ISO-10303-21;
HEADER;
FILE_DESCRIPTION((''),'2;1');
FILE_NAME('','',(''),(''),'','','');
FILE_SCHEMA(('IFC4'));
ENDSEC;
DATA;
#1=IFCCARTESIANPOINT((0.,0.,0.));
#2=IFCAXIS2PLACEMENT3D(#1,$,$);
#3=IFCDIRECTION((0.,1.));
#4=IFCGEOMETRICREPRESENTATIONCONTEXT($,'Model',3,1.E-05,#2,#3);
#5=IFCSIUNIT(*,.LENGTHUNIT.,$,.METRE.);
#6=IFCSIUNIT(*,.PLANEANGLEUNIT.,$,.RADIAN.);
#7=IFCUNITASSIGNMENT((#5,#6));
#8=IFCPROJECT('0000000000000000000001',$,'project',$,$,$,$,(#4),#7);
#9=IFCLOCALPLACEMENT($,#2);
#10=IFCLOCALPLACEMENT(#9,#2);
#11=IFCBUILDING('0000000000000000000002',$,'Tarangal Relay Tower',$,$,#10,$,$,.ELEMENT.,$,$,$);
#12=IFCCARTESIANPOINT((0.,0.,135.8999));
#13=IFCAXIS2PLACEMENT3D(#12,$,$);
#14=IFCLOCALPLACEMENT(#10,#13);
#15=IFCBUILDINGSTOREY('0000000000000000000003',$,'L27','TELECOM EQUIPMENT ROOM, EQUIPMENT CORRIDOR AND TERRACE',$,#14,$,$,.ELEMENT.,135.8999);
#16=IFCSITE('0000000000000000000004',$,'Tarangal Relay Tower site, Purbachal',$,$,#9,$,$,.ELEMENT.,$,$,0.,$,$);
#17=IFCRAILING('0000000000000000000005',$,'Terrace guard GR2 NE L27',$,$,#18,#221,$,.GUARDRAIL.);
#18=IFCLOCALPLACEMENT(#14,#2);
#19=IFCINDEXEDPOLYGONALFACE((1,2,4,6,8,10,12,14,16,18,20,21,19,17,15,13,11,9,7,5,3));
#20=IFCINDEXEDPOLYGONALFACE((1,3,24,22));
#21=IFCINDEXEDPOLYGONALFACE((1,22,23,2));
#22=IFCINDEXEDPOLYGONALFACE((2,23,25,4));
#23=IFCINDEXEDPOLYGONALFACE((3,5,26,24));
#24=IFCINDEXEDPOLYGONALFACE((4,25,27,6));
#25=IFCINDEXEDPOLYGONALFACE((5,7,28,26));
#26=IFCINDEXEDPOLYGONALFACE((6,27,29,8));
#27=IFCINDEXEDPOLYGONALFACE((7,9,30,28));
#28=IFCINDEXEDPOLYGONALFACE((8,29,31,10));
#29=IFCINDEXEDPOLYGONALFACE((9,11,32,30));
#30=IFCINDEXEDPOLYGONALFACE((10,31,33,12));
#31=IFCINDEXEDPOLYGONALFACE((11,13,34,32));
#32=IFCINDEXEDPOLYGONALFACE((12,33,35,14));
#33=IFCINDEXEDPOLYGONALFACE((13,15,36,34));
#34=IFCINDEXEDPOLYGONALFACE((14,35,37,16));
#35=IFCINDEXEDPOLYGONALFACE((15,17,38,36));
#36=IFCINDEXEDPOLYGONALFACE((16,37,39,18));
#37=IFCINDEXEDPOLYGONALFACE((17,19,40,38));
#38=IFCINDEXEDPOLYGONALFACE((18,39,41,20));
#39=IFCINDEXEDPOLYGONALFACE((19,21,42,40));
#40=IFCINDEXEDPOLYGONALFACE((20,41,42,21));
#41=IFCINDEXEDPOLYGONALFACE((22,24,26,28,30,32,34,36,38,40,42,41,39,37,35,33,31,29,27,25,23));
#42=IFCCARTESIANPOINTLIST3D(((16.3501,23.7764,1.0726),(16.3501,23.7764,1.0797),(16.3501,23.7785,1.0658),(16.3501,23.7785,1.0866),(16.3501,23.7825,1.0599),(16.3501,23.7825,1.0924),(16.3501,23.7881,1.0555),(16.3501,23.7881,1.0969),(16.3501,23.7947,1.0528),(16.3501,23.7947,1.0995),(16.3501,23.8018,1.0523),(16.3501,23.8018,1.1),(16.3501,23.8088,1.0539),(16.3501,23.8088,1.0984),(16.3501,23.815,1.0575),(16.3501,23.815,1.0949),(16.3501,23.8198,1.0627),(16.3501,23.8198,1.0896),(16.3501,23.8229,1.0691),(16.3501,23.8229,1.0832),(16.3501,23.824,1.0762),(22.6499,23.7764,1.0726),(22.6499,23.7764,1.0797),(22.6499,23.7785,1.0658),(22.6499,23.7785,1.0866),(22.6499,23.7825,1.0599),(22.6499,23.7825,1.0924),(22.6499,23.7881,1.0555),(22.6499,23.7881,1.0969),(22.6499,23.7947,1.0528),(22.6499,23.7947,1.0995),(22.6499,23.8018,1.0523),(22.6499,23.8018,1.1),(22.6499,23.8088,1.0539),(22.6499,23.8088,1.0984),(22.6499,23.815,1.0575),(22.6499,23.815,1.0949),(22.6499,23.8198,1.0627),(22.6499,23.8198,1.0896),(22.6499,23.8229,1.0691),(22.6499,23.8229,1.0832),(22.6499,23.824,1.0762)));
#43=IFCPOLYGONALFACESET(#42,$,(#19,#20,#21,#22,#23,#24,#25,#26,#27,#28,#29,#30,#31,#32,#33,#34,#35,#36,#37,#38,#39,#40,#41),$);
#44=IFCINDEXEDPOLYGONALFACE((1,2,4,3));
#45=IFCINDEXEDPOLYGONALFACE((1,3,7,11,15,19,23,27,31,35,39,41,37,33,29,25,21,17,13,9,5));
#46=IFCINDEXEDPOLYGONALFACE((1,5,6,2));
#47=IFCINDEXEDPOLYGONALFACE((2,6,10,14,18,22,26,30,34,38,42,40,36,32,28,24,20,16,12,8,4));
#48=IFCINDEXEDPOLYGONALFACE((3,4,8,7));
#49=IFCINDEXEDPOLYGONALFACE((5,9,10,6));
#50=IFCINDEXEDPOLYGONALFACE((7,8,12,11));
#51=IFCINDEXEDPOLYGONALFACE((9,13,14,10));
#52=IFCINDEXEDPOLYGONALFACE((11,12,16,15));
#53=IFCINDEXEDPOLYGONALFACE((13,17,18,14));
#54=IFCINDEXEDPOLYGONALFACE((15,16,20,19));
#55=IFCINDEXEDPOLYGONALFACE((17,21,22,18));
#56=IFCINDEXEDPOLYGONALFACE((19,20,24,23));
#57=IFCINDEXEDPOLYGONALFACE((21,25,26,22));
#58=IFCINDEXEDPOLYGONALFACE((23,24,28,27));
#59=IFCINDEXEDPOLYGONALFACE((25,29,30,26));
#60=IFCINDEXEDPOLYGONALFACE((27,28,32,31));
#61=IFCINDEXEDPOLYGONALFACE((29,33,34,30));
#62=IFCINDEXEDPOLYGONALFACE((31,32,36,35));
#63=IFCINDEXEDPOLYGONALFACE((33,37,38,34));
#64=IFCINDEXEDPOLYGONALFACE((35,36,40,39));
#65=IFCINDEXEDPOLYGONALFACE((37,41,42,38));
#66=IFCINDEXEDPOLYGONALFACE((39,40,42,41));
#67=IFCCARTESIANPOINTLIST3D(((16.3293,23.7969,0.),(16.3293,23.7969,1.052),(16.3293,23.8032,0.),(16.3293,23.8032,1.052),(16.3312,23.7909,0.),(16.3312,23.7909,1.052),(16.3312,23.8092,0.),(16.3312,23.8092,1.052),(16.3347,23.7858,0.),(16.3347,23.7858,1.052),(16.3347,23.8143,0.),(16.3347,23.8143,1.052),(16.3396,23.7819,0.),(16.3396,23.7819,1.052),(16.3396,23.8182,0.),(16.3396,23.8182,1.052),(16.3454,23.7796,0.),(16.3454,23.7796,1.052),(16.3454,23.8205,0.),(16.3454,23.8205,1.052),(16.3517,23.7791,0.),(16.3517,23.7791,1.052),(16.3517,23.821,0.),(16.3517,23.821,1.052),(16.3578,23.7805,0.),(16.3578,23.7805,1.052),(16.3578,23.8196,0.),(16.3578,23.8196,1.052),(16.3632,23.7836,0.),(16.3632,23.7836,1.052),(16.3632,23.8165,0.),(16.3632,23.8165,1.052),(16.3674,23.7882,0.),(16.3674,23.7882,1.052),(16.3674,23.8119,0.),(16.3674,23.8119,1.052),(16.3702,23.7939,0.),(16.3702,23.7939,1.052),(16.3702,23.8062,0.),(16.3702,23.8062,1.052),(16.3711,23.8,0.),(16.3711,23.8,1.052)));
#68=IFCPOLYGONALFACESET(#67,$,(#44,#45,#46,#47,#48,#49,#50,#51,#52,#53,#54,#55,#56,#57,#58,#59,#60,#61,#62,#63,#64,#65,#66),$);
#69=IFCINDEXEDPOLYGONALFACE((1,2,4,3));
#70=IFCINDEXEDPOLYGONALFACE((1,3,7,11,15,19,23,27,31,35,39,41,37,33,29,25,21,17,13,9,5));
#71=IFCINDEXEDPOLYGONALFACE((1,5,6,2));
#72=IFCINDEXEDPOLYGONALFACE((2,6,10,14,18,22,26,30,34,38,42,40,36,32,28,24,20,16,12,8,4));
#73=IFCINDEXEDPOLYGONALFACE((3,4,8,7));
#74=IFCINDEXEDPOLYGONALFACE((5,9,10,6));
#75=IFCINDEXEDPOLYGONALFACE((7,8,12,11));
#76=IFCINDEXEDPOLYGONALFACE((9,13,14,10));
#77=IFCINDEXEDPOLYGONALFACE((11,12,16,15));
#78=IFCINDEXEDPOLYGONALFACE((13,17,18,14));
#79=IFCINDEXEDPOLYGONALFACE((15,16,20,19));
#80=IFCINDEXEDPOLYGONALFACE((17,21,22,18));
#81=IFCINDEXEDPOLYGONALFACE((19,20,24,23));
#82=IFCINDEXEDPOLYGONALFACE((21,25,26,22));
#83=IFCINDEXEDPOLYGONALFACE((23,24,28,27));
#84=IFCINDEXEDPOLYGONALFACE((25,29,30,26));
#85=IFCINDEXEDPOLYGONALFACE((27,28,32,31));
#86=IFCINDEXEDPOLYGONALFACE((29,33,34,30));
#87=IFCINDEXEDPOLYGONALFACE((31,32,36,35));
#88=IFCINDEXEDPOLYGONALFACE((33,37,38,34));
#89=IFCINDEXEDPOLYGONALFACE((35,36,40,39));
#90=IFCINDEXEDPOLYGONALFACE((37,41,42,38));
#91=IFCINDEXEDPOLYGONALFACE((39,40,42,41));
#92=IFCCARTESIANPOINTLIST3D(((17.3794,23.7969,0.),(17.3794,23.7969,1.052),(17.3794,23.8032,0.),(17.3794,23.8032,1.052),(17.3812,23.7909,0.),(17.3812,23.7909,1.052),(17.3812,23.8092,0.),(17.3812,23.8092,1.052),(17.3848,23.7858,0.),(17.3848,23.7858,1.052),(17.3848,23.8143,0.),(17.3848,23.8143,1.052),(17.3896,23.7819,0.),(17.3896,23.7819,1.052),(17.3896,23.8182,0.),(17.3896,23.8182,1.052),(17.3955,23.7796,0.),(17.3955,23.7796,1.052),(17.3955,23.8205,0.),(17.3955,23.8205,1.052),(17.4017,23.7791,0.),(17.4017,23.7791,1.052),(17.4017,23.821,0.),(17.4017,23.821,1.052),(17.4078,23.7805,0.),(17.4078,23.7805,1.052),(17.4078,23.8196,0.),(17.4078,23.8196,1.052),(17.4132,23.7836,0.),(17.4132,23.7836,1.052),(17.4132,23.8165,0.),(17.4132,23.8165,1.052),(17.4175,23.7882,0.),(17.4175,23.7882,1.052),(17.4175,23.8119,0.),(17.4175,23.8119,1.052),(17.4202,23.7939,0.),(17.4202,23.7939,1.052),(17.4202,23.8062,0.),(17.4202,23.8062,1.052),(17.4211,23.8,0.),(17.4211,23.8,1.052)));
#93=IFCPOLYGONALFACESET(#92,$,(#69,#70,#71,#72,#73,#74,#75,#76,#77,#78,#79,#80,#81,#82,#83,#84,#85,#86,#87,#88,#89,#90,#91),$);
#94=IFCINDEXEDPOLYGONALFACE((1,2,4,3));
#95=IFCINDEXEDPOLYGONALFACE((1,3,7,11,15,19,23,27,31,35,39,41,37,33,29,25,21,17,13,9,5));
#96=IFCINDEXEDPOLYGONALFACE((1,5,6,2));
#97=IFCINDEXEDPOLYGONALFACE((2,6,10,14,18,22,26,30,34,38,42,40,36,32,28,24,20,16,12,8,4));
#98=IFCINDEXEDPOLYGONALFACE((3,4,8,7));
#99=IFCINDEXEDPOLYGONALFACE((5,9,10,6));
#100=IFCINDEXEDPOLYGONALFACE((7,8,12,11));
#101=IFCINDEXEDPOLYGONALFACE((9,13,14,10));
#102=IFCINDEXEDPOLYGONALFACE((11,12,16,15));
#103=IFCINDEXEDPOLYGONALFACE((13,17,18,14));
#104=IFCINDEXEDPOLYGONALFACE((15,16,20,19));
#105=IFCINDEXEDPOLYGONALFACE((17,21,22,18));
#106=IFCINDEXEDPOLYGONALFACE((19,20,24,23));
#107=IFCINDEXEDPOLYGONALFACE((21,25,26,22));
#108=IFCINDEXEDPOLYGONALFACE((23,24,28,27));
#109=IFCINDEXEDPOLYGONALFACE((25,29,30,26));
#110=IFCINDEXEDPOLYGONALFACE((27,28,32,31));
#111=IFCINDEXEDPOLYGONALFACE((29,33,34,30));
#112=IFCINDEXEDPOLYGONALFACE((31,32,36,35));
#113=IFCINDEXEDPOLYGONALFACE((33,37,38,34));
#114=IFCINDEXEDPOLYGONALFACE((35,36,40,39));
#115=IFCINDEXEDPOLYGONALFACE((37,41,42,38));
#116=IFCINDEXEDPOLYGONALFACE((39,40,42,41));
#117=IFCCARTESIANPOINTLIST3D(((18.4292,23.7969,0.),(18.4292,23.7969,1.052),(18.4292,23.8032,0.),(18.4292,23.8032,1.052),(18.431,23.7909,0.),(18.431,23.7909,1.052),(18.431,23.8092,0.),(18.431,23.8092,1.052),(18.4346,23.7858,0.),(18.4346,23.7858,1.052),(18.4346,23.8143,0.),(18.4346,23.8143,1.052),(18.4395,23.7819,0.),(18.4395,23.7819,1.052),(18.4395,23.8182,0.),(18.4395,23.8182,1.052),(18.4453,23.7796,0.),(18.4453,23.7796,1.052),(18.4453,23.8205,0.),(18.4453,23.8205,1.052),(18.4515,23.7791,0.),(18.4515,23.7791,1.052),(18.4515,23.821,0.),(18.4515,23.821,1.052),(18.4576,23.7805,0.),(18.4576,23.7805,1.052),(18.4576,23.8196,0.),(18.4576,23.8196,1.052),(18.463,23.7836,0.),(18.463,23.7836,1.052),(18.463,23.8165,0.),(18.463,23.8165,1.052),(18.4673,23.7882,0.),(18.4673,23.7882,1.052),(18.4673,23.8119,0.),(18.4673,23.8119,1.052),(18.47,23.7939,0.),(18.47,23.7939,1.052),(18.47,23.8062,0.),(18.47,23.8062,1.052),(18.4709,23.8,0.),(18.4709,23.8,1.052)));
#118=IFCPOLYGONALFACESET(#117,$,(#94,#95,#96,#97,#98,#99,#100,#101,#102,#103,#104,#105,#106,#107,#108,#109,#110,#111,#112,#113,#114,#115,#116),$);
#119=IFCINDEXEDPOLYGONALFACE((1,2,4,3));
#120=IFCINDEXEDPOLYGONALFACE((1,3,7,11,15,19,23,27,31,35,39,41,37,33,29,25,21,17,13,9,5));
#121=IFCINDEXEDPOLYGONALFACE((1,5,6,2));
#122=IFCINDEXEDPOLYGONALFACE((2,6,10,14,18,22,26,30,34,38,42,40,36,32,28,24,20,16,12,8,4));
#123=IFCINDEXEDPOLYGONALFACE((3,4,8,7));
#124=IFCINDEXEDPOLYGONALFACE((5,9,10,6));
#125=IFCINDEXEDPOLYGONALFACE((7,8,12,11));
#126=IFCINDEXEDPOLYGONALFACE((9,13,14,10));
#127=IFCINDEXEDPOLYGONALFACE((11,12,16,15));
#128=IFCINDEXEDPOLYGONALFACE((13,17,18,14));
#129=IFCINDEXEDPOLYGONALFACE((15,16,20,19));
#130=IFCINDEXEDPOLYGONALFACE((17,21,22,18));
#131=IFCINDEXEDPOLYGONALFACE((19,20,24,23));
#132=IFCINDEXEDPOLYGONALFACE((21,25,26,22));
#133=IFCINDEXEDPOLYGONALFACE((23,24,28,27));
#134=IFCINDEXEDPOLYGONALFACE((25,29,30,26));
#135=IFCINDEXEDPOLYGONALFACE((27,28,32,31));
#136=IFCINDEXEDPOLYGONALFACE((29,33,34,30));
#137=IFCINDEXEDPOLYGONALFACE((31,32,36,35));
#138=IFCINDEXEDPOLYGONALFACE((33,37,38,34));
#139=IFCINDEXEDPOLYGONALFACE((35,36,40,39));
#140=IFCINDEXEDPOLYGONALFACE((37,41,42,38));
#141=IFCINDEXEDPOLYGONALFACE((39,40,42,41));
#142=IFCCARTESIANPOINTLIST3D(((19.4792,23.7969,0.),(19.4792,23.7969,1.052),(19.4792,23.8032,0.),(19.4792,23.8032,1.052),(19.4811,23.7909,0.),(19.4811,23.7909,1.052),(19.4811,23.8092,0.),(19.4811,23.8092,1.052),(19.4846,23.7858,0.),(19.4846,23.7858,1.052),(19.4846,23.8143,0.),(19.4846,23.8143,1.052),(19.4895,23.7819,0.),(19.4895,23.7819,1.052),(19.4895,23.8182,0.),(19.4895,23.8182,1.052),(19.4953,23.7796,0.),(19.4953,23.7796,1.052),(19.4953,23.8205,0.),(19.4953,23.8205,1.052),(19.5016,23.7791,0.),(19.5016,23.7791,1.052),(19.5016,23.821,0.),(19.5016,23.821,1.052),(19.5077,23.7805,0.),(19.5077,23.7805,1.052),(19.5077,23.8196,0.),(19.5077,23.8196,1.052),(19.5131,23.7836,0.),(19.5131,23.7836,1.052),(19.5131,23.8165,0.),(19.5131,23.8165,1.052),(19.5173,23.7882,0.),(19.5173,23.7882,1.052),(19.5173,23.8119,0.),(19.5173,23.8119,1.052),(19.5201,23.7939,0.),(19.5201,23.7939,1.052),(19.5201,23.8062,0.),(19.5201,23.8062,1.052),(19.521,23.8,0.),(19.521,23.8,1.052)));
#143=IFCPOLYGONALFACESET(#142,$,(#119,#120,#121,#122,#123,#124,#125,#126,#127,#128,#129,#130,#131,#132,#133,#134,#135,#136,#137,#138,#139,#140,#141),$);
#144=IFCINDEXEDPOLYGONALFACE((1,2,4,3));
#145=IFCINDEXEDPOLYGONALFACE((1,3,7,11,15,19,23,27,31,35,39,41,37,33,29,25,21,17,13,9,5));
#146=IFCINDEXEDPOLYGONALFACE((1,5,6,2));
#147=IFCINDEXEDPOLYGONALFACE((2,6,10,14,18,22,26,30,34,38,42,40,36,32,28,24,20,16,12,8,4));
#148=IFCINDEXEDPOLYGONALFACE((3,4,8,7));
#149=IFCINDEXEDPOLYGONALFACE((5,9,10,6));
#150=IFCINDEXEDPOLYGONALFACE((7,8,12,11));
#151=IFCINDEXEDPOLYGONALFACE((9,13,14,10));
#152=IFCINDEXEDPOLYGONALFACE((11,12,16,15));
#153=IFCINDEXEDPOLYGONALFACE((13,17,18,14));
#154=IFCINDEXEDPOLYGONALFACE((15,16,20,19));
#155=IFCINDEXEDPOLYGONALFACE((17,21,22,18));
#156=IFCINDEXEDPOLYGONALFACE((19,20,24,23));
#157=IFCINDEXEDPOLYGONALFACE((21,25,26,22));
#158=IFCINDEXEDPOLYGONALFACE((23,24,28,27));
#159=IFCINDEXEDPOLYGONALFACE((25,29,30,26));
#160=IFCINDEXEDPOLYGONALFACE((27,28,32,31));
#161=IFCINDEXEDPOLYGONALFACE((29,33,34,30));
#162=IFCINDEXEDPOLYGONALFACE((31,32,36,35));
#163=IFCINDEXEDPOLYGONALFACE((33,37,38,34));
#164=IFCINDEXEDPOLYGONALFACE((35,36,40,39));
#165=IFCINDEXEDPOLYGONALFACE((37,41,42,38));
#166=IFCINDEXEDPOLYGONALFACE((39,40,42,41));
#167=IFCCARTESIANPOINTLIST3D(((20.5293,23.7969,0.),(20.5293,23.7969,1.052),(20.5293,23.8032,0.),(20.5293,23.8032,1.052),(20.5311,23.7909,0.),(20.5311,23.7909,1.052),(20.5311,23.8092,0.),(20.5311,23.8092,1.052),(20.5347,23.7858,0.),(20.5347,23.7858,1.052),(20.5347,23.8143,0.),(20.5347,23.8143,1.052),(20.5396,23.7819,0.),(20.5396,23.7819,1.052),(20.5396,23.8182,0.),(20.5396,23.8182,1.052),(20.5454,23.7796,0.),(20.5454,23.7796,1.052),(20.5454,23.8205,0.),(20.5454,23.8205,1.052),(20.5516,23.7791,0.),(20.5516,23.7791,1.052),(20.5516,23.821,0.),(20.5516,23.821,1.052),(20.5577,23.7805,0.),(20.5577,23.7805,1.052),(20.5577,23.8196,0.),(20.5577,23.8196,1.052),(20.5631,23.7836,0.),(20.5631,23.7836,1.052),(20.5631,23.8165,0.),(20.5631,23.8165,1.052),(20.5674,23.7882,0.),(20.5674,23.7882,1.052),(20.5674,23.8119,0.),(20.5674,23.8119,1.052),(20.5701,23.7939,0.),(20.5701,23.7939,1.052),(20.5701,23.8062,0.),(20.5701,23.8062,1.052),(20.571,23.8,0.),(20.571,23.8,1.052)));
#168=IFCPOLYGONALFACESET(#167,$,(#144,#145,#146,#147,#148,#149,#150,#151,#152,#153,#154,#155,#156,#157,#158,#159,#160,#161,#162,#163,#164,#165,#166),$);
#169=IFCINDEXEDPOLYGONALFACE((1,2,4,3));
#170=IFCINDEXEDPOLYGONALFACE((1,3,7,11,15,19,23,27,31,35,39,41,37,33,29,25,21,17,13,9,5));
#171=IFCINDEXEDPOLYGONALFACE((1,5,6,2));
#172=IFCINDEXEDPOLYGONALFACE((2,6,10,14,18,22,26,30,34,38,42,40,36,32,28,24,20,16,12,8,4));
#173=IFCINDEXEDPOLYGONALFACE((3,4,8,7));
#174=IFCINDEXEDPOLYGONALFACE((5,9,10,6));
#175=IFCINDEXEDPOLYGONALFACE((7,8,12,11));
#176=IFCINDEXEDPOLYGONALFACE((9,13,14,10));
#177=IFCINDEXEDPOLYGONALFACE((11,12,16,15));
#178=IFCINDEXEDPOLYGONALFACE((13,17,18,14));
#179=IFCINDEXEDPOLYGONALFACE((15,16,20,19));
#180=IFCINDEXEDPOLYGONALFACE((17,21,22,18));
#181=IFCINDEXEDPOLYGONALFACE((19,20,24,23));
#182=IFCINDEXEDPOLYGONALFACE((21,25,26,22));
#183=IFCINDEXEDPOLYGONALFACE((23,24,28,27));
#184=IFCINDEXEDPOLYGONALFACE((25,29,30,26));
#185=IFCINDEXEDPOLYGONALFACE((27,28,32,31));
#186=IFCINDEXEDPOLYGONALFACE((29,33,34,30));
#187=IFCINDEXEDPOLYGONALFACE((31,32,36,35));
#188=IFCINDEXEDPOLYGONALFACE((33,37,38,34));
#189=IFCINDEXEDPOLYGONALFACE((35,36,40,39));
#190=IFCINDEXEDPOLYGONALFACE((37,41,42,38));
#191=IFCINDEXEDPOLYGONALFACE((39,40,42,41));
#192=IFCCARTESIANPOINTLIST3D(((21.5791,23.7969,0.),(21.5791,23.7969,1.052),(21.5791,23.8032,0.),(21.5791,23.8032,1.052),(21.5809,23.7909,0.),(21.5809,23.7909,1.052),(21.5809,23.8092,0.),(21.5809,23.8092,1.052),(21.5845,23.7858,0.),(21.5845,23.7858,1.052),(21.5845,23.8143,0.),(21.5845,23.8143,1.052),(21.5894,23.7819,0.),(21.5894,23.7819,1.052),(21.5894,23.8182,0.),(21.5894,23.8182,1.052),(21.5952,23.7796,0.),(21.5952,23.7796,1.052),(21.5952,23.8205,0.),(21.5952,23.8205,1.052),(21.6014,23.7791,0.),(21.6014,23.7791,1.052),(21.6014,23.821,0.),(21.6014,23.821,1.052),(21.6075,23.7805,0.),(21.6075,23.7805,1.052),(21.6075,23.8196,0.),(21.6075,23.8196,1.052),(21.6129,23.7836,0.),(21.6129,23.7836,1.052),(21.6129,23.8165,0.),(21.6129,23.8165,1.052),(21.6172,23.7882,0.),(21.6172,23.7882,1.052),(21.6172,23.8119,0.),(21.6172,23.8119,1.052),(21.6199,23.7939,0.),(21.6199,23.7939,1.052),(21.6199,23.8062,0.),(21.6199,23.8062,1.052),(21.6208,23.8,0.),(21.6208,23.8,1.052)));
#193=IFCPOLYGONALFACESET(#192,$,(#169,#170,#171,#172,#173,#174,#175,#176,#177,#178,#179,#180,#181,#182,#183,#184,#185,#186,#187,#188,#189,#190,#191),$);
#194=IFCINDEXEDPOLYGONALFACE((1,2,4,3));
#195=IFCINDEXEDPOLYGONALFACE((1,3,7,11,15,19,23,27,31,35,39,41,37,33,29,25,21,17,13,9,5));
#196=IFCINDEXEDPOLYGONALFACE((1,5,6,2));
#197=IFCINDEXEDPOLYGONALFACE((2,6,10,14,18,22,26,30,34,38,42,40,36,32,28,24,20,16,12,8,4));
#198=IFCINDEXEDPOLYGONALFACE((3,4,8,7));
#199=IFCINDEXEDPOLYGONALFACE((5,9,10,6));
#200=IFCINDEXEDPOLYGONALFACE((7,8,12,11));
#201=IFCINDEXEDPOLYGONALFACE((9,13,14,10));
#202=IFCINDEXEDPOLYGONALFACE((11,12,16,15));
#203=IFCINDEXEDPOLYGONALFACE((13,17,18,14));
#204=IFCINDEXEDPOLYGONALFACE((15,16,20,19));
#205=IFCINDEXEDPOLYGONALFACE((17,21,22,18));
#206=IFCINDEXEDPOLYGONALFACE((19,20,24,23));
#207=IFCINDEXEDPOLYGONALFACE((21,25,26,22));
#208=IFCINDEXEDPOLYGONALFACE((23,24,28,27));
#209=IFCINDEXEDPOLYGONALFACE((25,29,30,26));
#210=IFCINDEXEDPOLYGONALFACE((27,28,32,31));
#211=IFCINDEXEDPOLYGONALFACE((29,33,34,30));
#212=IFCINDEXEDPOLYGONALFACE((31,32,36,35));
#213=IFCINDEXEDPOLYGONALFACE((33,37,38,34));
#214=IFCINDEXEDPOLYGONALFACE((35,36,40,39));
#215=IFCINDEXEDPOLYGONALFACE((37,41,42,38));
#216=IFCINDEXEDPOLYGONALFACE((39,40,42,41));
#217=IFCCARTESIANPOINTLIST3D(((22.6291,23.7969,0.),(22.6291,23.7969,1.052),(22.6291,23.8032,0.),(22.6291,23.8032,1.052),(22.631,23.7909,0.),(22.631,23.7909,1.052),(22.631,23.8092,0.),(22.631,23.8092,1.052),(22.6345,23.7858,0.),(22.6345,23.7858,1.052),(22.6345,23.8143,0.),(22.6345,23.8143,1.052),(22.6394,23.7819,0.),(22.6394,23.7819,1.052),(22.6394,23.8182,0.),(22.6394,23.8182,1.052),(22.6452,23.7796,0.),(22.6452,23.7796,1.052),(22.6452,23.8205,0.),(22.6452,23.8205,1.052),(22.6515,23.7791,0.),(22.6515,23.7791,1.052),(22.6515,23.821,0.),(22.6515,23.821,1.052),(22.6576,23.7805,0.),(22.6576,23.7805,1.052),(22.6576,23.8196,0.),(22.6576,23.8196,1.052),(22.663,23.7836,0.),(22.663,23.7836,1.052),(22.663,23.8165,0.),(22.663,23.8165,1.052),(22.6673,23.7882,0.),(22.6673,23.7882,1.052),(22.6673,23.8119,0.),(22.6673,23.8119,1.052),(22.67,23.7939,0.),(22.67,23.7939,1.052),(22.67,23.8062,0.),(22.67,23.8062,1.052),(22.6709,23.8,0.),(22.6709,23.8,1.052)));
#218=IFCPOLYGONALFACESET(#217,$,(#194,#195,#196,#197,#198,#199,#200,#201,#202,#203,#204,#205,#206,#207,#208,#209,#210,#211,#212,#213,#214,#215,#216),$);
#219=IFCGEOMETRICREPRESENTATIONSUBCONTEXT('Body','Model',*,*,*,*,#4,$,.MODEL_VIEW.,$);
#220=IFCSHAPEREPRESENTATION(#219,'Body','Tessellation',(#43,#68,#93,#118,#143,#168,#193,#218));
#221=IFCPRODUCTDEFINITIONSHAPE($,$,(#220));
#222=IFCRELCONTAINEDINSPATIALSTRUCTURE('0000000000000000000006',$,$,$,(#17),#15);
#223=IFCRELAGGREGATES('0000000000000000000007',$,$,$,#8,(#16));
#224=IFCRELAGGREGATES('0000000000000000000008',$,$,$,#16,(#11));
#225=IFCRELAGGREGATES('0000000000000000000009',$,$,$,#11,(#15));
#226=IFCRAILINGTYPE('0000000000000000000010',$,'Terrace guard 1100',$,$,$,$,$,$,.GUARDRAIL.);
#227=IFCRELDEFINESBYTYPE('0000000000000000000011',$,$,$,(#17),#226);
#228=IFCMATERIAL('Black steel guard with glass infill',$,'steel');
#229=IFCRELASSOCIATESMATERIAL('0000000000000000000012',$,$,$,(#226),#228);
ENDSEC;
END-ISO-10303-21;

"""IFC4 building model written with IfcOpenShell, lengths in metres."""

from ifc_helpers import new_model, si_unit, direction, frame, origin, origin_2d, place, context, subcontext, project, spatial, circle, extrude, material, type_object, element, save


model = new_model("IFC4")

# Units and contexts
model_context = context("Model", 3, precision=1e-05, world=origin(), true_north=direction((0.0, 1.0)))
body_context = subcontext(model_context, "Body", "Model", "MODEL_VIEW")
ifc_project = project(units=[si_unit("LENGTHUNIT", "METRE"), si_unit("PLANEANGLEUNIT", "RADIAN")], contexts=[model_context])

# Site, building, storey
site_placement = place(None, origin())
site = spatial("IfcSite", under=ifc_project, at=site_placement, Name="Tarangal Relay Tower site, Purbachal", CompositionType="ELEMENT", RefElevation=0.0)
building_placement = place(site_placement, origin())
building = spatial("IfcBuilding", under=site, at=building_placement, Name="Tarangal Relay Tower", CompositionType="ELEMENT")
storey_placement = place(building_placement, frame((0.0, 0.0, 135.8999)))
storey = spatial("IfcBuildingStorey", under=building, at=storey_placement, Name="L27", Description="TELECOM EQUIPMENT ROOM, EQUIPMENT CORRIDOR AND TERRACE", CompositionType="ELEMENT", Elevation=135.8999)

# Railing
ifc_material_1 = material(Name="Black steel guard with glass infill", Category="steel")
railing_type = type_object("IfcRailingType", Name="Terrace guard 1100", PredefinedType="GUARDRAIL", material=ifc_material_1)
railing_1_placement = place(storey_placement, frame((16.3501, 23.8, 0.0)))
element("IfcRailing", 1, at=railing_1_placement, inside=storey, type_object=railing_type, Name="Terrace guard GR2 NE L27", PredefinedType="GUARDRAIL", context=body_context, shape_type="SweptSolid", body=[
    extrude(circle(Radius=0.0239, at=origin_2d()), frame((0.0, 0.0, 1.0762), z_axis=(1.0, 0.0, 0.0), x_axis=(0.0, 1.0, 0.0)), (0.0, 0.0, 1.0), 6.2998),
    extrude(circle(Radius=0.021, at=origin_2d()), origin(), (0.0, 0.0, 1.0), 1.052),
    extrude(circle(Radius=0.021, at=origin_2d()), frame((1.05, 0.0, 0.0)), (0.0, 0.0, 1.0), 1.052),
    extrude(circle(Radius=0.021, at=origin_2d()), frame((2.0999, 0.0, 0.0)), (0.0, 0.0, 1.0), 1.052),
    extrude(circle(Radius=0.021, at=origin_2d()), frame((3.1499, 0.0, 0.0)), (0.0, 0.0, 1.0), 1.052),
    extrude(circle(Radius=0.021, at=origin_2d()), frame((4.2, 0.0, 0.0)), (0.0, 0.0, 1.0), 1.052),
    extrude(circle(Radius=0.021, at=origin_2d()), frame((5.2498, 0.0, 0.0)), (0.0, 0.0, 1.0), 1.052),
    extrude(circle(Radius=0.021, at=origin_2d()), frame((6.2998, 0.0, 0.0)), (0.0, 0.0, 1.0), 1.052),
])

save(model, "model.ifc")
